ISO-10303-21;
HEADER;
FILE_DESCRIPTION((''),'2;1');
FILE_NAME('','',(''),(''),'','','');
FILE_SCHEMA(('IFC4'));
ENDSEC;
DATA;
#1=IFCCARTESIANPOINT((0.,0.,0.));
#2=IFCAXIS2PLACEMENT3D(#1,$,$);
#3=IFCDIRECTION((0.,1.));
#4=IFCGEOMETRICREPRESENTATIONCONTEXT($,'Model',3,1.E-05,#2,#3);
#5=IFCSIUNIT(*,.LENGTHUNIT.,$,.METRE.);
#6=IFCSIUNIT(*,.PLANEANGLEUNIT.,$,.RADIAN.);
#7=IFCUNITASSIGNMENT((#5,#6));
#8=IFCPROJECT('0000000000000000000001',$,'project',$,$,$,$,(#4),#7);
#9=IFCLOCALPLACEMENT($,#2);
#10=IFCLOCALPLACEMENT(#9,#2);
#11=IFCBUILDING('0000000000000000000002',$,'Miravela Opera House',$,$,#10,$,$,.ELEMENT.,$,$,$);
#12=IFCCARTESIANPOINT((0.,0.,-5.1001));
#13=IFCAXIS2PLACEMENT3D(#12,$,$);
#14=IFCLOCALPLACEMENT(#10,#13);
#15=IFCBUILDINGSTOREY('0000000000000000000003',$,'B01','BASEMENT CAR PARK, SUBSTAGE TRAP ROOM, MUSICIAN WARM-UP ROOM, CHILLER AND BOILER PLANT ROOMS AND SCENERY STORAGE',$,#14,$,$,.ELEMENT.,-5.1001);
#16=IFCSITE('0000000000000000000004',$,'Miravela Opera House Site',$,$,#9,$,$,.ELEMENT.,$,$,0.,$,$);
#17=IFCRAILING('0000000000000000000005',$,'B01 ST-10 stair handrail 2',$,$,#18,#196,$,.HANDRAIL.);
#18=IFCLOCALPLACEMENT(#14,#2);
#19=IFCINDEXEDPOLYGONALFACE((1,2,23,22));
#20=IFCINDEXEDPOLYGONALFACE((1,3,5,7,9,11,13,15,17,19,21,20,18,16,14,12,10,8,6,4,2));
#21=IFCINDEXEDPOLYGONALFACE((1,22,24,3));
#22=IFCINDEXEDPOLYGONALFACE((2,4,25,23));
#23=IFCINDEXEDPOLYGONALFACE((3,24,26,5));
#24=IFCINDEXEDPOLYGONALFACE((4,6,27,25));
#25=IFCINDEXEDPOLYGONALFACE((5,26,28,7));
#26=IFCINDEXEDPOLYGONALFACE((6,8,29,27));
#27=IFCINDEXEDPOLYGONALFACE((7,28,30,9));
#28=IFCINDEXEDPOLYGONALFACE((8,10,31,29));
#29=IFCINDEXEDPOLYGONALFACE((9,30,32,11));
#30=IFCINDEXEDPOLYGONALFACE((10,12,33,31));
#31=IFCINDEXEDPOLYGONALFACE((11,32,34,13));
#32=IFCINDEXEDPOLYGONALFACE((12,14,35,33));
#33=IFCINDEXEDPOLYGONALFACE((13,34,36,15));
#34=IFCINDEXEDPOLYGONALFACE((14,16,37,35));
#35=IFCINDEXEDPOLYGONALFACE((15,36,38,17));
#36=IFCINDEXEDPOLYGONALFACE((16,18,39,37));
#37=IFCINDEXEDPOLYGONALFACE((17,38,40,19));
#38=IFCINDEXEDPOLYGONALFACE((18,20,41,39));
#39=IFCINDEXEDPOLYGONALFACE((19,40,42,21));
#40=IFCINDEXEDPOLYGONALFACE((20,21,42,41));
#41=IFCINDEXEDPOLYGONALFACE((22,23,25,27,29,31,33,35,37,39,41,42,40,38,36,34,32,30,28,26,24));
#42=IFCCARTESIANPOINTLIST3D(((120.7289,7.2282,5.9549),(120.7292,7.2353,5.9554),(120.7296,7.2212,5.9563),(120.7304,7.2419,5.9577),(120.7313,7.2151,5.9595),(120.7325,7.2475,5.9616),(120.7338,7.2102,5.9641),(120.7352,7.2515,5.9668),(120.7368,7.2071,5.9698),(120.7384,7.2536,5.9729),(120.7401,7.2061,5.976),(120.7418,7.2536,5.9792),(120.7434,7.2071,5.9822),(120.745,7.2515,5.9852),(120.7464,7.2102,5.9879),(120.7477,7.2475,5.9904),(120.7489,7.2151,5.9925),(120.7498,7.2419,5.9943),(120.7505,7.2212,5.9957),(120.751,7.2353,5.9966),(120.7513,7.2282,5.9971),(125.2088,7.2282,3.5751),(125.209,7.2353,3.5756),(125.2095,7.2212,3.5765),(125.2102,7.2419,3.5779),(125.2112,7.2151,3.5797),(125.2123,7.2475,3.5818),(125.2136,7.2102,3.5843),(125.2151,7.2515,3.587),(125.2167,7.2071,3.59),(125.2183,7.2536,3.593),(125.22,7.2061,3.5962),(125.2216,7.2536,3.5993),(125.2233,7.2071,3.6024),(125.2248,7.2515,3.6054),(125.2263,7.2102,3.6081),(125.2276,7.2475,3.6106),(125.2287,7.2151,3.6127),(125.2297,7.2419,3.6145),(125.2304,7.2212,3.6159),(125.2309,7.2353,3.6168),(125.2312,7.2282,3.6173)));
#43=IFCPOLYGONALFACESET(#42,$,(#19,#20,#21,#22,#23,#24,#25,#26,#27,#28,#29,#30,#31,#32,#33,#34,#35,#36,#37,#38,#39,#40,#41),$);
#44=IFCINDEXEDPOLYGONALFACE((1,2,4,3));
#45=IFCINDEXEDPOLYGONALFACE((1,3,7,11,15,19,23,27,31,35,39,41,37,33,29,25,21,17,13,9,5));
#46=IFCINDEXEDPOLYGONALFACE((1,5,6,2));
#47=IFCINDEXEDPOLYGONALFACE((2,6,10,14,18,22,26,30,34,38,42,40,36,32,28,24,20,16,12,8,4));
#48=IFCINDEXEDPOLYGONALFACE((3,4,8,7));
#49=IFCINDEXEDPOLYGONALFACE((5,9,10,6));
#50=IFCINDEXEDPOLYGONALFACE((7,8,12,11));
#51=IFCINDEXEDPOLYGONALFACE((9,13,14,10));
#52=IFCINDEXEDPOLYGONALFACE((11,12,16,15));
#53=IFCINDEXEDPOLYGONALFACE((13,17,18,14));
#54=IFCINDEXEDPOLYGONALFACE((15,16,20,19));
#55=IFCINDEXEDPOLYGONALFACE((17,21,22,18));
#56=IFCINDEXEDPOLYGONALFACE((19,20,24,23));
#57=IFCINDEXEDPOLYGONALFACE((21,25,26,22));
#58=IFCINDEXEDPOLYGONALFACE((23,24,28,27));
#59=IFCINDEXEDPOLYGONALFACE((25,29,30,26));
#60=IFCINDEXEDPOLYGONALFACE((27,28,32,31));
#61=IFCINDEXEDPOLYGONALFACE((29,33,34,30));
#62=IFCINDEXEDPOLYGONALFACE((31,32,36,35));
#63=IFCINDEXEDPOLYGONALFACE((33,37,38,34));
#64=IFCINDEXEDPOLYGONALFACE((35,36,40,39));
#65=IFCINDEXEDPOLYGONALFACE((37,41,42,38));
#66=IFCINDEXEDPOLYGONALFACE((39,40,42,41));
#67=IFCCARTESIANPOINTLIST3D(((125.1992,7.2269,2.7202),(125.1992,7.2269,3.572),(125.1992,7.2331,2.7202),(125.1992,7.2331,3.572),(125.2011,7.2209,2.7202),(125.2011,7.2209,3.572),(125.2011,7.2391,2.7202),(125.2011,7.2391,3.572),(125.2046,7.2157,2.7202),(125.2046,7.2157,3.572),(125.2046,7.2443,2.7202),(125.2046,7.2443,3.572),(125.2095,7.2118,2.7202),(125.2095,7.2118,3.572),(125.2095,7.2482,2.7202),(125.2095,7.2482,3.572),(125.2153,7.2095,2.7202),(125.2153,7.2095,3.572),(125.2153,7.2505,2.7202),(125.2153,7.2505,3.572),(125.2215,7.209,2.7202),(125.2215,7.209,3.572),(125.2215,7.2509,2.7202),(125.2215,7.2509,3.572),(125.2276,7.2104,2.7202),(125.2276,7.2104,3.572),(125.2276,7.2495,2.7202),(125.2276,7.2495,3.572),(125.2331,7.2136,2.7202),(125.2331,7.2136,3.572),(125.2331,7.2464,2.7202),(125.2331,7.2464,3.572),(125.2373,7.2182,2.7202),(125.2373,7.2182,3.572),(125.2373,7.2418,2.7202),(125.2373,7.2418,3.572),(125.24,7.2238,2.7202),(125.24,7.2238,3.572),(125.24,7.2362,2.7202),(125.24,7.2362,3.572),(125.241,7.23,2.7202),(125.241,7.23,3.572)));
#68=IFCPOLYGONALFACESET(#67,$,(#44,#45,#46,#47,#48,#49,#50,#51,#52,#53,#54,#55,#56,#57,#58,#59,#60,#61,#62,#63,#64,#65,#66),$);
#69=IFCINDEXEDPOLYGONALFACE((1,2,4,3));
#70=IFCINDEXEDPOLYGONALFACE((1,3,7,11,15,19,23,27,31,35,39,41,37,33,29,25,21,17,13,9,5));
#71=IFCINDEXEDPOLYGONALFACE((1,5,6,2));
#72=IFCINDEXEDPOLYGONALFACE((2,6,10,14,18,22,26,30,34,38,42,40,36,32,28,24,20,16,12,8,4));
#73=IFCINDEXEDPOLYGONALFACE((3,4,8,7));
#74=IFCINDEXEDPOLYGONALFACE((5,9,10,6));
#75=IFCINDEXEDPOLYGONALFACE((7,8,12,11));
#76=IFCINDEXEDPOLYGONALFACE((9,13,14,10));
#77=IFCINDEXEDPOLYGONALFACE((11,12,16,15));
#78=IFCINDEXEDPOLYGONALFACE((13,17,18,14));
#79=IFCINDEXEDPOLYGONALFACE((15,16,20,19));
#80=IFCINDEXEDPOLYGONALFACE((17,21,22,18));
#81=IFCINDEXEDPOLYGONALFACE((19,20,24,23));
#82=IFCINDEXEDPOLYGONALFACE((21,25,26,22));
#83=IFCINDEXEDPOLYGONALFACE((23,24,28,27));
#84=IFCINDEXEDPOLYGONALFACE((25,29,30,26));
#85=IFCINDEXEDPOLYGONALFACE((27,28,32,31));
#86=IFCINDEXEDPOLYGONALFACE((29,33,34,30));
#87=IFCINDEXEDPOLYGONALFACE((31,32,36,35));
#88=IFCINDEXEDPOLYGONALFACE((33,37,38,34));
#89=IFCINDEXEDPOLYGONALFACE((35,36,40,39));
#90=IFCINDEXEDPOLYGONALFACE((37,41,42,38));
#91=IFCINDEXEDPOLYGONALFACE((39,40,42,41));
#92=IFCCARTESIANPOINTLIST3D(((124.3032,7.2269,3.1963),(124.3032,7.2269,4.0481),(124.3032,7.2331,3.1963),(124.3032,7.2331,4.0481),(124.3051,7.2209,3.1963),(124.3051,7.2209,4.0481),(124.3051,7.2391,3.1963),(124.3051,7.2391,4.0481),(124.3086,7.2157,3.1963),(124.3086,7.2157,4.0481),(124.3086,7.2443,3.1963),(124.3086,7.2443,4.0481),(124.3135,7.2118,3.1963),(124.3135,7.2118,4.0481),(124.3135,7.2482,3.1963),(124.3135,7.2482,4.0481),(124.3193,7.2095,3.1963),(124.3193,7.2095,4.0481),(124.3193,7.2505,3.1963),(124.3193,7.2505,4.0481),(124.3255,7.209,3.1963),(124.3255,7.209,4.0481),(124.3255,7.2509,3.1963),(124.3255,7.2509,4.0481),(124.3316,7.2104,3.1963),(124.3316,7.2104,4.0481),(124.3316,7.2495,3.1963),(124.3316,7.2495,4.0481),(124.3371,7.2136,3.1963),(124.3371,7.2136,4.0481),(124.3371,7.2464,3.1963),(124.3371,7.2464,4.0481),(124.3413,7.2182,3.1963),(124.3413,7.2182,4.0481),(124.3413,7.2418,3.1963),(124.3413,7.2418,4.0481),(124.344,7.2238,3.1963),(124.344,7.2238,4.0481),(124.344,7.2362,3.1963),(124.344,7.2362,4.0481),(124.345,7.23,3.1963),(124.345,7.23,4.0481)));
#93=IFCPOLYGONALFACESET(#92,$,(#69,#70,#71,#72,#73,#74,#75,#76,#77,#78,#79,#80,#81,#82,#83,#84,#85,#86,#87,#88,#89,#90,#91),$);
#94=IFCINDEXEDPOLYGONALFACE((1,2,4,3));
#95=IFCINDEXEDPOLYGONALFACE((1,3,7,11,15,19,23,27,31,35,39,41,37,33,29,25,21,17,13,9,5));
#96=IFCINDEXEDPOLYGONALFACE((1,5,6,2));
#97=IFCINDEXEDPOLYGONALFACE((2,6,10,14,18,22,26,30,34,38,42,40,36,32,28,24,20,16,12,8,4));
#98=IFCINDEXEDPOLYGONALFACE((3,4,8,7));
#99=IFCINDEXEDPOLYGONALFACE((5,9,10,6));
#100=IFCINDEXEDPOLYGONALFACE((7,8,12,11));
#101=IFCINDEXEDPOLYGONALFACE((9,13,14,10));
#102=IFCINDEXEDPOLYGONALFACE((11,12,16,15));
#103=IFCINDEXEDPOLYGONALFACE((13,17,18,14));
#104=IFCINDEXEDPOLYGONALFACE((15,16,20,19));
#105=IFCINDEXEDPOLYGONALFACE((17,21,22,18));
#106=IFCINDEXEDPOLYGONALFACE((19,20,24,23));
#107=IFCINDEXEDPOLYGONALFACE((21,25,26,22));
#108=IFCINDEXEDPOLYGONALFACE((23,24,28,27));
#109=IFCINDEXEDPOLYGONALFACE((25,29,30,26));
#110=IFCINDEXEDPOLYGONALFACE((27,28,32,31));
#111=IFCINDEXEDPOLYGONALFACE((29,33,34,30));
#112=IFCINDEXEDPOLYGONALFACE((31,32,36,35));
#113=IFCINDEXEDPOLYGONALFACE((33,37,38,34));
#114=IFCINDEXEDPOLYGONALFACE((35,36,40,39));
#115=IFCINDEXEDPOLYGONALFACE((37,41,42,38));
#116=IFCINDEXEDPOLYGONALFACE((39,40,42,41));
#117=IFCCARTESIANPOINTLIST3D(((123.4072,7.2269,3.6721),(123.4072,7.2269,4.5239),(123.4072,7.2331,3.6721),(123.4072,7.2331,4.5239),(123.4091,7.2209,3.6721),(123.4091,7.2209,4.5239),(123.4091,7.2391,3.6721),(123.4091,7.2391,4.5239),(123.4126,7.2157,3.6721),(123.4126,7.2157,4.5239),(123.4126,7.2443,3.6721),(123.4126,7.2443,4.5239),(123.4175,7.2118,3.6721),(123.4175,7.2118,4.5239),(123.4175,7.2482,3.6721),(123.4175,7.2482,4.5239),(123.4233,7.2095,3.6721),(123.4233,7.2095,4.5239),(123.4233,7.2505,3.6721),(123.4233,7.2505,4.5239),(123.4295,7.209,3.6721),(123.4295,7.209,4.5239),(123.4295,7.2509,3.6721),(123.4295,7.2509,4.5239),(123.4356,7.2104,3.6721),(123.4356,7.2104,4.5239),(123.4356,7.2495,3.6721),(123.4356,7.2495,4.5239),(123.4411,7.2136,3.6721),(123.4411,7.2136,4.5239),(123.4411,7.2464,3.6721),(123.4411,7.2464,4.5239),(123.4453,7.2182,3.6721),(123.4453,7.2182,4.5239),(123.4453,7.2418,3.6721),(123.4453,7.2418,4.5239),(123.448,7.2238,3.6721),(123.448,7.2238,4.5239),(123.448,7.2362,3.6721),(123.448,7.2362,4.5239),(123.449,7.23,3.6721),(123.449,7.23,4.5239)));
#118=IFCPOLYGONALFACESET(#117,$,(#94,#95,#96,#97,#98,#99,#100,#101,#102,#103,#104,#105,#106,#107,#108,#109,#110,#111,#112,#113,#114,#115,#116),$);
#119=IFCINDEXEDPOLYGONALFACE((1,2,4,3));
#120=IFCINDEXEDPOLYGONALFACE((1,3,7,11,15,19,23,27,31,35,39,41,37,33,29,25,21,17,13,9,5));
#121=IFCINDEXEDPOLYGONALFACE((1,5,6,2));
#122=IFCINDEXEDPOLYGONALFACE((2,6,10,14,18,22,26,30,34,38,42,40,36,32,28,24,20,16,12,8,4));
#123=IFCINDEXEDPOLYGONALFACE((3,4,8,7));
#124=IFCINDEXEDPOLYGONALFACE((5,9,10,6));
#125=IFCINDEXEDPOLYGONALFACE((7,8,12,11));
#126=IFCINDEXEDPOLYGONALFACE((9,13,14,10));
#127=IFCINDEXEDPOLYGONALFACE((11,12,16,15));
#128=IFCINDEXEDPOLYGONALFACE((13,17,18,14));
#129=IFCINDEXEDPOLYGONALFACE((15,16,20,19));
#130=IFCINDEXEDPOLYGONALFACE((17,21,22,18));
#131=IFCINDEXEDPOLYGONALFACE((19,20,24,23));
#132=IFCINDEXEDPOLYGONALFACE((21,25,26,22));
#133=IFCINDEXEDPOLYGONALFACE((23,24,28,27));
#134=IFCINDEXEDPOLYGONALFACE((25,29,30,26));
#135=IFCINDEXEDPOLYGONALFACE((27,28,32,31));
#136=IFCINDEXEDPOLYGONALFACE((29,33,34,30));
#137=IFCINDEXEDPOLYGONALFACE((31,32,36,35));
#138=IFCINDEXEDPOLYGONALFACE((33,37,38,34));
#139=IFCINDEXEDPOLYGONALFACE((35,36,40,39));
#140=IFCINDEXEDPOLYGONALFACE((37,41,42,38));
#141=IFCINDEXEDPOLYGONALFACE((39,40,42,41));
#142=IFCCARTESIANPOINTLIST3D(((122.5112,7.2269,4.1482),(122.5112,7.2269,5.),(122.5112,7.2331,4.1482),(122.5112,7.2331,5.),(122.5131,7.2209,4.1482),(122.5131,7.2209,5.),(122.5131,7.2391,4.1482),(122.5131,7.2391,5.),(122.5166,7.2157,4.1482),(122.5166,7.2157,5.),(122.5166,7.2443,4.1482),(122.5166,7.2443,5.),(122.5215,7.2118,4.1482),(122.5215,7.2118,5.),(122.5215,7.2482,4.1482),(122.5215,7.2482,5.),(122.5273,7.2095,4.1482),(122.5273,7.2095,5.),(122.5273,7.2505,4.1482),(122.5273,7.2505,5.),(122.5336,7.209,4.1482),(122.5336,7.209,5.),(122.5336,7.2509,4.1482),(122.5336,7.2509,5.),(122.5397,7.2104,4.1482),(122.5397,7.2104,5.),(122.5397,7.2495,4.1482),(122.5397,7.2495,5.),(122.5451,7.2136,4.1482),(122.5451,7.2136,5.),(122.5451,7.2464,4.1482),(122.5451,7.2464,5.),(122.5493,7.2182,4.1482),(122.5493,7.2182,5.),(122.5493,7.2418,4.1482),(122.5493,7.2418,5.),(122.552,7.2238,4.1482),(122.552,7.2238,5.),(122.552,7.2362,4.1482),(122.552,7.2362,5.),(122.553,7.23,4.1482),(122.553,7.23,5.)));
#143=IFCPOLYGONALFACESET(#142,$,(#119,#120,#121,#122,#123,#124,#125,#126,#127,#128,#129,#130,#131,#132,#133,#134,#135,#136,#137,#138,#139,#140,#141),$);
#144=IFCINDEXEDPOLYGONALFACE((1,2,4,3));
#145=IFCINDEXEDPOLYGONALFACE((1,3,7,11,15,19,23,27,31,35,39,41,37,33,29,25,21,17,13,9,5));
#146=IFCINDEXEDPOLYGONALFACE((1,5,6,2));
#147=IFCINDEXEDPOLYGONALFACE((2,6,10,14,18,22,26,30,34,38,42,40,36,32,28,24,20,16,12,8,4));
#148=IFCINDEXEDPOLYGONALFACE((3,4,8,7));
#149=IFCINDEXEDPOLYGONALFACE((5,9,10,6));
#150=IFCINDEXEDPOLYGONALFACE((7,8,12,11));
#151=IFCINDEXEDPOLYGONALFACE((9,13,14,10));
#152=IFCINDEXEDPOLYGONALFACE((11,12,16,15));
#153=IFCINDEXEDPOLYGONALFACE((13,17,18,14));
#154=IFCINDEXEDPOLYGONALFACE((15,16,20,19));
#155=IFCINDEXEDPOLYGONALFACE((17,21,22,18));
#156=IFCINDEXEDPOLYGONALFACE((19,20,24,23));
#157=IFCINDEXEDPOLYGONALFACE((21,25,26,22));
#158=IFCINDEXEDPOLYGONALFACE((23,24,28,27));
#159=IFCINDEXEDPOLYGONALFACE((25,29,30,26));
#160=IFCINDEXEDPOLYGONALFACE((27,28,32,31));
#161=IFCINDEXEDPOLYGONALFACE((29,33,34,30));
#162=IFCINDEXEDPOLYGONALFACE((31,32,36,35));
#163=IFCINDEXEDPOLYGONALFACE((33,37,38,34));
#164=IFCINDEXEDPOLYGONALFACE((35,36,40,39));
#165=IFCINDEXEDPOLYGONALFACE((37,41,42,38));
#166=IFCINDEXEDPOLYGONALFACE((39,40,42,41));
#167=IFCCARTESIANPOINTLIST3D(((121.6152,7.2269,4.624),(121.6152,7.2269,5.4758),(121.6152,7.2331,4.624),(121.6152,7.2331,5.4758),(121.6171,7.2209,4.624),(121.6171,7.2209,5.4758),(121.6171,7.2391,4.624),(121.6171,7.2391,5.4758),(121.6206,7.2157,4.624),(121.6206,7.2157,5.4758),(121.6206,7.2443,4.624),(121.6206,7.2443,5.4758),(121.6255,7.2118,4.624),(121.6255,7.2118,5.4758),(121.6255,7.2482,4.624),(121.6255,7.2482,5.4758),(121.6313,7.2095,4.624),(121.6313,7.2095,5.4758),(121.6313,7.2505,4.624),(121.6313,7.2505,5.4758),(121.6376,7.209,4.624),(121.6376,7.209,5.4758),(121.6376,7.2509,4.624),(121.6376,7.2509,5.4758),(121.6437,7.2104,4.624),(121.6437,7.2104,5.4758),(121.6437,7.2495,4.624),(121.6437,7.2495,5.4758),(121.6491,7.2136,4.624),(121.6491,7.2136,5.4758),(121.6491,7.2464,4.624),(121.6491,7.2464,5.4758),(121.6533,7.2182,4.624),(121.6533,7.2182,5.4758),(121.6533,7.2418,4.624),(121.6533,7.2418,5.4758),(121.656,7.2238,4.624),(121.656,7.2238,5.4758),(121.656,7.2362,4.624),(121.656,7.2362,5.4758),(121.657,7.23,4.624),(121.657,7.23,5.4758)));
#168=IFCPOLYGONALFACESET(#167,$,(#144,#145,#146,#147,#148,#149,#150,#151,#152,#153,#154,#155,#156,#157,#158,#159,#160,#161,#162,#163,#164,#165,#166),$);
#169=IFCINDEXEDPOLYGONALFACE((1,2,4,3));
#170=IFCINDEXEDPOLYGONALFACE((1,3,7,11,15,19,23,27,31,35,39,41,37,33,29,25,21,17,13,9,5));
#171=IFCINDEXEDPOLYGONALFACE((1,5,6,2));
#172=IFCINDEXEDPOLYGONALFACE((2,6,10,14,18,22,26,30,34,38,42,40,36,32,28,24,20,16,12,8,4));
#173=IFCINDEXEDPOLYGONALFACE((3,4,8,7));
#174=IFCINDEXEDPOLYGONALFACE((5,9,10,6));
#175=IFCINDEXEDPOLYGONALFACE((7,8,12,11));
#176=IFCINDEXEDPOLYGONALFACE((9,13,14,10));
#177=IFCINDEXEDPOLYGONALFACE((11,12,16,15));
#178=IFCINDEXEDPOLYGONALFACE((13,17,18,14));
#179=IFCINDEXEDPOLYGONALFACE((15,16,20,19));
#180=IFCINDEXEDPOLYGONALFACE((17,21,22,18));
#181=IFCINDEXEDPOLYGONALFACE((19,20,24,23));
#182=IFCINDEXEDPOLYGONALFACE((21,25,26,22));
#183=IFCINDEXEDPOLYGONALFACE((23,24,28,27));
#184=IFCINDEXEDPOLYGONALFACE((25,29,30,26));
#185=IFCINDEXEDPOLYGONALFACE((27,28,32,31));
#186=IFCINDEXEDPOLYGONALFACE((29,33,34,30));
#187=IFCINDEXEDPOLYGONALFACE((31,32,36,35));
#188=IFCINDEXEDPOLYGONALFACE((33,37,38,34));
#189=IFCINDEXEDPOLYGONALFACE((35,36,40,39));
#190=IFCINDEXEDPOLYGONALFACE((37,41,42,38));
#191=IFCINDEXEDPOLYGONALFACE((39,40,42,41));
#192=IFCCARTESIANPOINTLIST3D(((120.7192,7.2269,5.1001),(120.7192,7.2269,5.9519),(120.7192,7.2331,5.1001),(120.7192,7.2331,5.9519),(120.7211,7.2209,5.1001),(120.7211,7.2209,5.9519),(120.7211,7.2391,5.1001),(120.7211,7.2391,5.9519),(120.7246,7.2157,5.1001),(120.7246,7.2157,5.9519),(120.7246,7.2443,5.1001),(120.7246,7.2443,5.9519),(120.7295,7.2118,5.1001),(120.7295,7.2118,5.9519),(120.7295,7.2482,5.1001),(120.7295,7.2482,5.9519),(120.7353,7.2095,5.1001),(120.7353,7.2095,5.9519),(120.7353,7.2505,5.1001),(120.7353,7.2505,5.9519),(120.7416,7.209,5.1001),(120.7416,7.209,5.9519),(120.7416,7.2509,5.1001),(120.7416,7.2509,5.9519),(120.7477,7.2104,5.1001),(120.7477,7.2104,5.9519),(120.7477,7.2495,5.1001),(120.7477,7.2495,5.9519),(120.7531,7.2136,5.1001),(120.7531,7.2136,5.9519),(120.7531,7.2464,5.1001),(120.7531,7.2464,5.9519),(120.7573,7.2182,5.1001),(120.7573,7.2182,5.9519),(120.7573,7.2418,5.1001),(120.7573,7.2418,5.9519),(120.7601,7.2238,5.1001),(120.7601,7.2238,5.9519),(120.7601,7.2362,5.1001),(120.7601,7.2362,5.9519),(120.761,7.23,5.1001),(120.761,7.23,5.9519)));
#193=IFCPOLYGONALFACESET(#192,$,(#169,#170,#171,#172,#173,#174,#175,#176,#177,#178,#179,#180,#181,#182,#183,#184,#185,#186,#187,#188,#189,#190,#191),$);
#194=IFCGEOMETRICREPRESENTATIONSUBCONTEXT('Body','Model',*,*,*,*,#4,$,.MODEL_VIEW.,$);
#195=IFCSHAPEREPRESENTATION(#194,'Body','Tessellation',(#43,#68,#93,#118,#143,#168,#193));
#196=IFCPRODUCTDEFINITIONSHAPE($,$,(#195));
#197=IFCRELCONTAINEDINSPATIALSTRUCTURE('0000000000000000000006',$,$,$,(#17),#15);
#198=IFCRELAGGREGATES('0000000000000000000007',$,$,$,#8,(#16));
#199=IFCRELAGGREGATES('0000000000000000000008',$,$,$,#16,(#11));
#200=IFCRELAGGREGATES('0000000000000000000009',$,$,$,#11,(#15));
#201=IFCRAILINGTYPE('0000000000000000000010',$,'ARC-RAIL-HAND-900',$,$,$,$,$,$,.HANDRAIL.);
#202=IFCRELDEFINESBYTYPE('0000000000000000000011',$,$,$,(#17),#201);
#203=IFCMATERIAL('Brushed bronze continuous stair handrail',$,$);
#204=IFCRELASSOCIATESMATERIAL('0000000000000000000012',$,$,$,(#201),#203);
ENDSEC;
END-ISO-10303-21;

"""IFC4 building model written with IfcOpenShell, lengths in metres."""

from ifc_helpers import new_model, si_unit, direction, frame, origin, origin_2d, place, context, subcontext, project, spatial, circle, extrude, material, type_object, element, save


model = new_model("IFC4")

# Units and contexts
model_context = context("Model", 3, precision=1e-05, world=origin(), true_north=direction((0.0, 1.0)))
body_context = subcontext(model_context, "Body", "Model", "MODEL_VIEW")
ifc_project = project(units=[si_unit("LENGTHUNIT", "METRE"), si_unit("PLANEANGLEUNIT", "RADIAN")], contexts=[model_context])

# Site, building, storey
site_placement = place(None, origin())
site = spatial("IfcSite", under=ifc_project, at=site_placement, Name="Miravela Opera House Site", CompositionType="ELEMENT", RefElevation=0.0)
building_placement = place(site_placement, origin())
building = spatial("IfcBuilding", under=site, at=building_placement, Name="Miravela Opera House", CompositionType="ELEMENT")
storey_placement = place(building_placement, frame((0.0, 0.0, -5.1001)))
storey = spatial("IfcBuildingStorey", under=building, at=storey_placement, Name="B01", Description="BASEMENT CAR PARK, SUBSTAGE TRAP ROOM, MUSICIAN WARM-UP ROOM, CHILLER AND BOILER PLANT ROOMS AND SCENERY STORAGE", CompositionType="ELEMENT", Elevation=-5.1001)

# Railing
ifc_material_1 = material(Name="Brushed bronze continuous stair handrail")
railing_type = type_object("IfcRailingType", Name="ARC-RAIL-HAND-900", PredefinedType="HANDRAIL", material=ifc_material_1)
railing_placement = place(storey_placement, frame((125.22, 7.23, 2.7202)))
element("IfcRailing", 1, at=railing_placement, inside=storey, type_object=railing_type, Name="B01 ST-10 stair handrail 2", PredefinedType="HANDRAIL", context=body_context, shape_type="SweptSolid", body=[
    extrude(circle(Radius=0.0239, at=origin_2d()), frame((0.0, 0.0, 0.876), z_axis=(-0.883124, 0.0, 0.469139), x_axis=(0.0, -1.0, 0.0)), (0.0, 0.0, 1.0), 5.0728),
    extrude(circle(Radius=0.021, at=origin_2d()), origin(), (0.0, 0.0, 1.0), 0.8518),
    extrude(circle(Radius=0.021, at=origin_2d()), frame((-0.896, 0.0, 0.4761)), (0.0, 0.0, 1.0), 0.8518),
    extrude(circle(Radius=0.021, at=origin_2d()), frame((-1.792, 0.0, 0.9519)), (0.0, 0.0, 1.0), 0.8518),
    extrude(circle(Radius=0.021, at=origin_2d()), frame((-2.688, 0.0, 1.428)), (0.0, 0.0, 1.0), 0.8518),
    extrude(circle(Radius=0.021, at=origin_2d()), frame((-3.584, 0.0, 1.9038)), (0.0, 0.0, 1.0), 0.8518),
    extrude(circle(Radius=0.021, at=origin_2d()), frame((-4.48, 0.0, 2.3799)), (0.0, 0.0, 1.0), 0.8518),
])

save(model, "model.ifc")
